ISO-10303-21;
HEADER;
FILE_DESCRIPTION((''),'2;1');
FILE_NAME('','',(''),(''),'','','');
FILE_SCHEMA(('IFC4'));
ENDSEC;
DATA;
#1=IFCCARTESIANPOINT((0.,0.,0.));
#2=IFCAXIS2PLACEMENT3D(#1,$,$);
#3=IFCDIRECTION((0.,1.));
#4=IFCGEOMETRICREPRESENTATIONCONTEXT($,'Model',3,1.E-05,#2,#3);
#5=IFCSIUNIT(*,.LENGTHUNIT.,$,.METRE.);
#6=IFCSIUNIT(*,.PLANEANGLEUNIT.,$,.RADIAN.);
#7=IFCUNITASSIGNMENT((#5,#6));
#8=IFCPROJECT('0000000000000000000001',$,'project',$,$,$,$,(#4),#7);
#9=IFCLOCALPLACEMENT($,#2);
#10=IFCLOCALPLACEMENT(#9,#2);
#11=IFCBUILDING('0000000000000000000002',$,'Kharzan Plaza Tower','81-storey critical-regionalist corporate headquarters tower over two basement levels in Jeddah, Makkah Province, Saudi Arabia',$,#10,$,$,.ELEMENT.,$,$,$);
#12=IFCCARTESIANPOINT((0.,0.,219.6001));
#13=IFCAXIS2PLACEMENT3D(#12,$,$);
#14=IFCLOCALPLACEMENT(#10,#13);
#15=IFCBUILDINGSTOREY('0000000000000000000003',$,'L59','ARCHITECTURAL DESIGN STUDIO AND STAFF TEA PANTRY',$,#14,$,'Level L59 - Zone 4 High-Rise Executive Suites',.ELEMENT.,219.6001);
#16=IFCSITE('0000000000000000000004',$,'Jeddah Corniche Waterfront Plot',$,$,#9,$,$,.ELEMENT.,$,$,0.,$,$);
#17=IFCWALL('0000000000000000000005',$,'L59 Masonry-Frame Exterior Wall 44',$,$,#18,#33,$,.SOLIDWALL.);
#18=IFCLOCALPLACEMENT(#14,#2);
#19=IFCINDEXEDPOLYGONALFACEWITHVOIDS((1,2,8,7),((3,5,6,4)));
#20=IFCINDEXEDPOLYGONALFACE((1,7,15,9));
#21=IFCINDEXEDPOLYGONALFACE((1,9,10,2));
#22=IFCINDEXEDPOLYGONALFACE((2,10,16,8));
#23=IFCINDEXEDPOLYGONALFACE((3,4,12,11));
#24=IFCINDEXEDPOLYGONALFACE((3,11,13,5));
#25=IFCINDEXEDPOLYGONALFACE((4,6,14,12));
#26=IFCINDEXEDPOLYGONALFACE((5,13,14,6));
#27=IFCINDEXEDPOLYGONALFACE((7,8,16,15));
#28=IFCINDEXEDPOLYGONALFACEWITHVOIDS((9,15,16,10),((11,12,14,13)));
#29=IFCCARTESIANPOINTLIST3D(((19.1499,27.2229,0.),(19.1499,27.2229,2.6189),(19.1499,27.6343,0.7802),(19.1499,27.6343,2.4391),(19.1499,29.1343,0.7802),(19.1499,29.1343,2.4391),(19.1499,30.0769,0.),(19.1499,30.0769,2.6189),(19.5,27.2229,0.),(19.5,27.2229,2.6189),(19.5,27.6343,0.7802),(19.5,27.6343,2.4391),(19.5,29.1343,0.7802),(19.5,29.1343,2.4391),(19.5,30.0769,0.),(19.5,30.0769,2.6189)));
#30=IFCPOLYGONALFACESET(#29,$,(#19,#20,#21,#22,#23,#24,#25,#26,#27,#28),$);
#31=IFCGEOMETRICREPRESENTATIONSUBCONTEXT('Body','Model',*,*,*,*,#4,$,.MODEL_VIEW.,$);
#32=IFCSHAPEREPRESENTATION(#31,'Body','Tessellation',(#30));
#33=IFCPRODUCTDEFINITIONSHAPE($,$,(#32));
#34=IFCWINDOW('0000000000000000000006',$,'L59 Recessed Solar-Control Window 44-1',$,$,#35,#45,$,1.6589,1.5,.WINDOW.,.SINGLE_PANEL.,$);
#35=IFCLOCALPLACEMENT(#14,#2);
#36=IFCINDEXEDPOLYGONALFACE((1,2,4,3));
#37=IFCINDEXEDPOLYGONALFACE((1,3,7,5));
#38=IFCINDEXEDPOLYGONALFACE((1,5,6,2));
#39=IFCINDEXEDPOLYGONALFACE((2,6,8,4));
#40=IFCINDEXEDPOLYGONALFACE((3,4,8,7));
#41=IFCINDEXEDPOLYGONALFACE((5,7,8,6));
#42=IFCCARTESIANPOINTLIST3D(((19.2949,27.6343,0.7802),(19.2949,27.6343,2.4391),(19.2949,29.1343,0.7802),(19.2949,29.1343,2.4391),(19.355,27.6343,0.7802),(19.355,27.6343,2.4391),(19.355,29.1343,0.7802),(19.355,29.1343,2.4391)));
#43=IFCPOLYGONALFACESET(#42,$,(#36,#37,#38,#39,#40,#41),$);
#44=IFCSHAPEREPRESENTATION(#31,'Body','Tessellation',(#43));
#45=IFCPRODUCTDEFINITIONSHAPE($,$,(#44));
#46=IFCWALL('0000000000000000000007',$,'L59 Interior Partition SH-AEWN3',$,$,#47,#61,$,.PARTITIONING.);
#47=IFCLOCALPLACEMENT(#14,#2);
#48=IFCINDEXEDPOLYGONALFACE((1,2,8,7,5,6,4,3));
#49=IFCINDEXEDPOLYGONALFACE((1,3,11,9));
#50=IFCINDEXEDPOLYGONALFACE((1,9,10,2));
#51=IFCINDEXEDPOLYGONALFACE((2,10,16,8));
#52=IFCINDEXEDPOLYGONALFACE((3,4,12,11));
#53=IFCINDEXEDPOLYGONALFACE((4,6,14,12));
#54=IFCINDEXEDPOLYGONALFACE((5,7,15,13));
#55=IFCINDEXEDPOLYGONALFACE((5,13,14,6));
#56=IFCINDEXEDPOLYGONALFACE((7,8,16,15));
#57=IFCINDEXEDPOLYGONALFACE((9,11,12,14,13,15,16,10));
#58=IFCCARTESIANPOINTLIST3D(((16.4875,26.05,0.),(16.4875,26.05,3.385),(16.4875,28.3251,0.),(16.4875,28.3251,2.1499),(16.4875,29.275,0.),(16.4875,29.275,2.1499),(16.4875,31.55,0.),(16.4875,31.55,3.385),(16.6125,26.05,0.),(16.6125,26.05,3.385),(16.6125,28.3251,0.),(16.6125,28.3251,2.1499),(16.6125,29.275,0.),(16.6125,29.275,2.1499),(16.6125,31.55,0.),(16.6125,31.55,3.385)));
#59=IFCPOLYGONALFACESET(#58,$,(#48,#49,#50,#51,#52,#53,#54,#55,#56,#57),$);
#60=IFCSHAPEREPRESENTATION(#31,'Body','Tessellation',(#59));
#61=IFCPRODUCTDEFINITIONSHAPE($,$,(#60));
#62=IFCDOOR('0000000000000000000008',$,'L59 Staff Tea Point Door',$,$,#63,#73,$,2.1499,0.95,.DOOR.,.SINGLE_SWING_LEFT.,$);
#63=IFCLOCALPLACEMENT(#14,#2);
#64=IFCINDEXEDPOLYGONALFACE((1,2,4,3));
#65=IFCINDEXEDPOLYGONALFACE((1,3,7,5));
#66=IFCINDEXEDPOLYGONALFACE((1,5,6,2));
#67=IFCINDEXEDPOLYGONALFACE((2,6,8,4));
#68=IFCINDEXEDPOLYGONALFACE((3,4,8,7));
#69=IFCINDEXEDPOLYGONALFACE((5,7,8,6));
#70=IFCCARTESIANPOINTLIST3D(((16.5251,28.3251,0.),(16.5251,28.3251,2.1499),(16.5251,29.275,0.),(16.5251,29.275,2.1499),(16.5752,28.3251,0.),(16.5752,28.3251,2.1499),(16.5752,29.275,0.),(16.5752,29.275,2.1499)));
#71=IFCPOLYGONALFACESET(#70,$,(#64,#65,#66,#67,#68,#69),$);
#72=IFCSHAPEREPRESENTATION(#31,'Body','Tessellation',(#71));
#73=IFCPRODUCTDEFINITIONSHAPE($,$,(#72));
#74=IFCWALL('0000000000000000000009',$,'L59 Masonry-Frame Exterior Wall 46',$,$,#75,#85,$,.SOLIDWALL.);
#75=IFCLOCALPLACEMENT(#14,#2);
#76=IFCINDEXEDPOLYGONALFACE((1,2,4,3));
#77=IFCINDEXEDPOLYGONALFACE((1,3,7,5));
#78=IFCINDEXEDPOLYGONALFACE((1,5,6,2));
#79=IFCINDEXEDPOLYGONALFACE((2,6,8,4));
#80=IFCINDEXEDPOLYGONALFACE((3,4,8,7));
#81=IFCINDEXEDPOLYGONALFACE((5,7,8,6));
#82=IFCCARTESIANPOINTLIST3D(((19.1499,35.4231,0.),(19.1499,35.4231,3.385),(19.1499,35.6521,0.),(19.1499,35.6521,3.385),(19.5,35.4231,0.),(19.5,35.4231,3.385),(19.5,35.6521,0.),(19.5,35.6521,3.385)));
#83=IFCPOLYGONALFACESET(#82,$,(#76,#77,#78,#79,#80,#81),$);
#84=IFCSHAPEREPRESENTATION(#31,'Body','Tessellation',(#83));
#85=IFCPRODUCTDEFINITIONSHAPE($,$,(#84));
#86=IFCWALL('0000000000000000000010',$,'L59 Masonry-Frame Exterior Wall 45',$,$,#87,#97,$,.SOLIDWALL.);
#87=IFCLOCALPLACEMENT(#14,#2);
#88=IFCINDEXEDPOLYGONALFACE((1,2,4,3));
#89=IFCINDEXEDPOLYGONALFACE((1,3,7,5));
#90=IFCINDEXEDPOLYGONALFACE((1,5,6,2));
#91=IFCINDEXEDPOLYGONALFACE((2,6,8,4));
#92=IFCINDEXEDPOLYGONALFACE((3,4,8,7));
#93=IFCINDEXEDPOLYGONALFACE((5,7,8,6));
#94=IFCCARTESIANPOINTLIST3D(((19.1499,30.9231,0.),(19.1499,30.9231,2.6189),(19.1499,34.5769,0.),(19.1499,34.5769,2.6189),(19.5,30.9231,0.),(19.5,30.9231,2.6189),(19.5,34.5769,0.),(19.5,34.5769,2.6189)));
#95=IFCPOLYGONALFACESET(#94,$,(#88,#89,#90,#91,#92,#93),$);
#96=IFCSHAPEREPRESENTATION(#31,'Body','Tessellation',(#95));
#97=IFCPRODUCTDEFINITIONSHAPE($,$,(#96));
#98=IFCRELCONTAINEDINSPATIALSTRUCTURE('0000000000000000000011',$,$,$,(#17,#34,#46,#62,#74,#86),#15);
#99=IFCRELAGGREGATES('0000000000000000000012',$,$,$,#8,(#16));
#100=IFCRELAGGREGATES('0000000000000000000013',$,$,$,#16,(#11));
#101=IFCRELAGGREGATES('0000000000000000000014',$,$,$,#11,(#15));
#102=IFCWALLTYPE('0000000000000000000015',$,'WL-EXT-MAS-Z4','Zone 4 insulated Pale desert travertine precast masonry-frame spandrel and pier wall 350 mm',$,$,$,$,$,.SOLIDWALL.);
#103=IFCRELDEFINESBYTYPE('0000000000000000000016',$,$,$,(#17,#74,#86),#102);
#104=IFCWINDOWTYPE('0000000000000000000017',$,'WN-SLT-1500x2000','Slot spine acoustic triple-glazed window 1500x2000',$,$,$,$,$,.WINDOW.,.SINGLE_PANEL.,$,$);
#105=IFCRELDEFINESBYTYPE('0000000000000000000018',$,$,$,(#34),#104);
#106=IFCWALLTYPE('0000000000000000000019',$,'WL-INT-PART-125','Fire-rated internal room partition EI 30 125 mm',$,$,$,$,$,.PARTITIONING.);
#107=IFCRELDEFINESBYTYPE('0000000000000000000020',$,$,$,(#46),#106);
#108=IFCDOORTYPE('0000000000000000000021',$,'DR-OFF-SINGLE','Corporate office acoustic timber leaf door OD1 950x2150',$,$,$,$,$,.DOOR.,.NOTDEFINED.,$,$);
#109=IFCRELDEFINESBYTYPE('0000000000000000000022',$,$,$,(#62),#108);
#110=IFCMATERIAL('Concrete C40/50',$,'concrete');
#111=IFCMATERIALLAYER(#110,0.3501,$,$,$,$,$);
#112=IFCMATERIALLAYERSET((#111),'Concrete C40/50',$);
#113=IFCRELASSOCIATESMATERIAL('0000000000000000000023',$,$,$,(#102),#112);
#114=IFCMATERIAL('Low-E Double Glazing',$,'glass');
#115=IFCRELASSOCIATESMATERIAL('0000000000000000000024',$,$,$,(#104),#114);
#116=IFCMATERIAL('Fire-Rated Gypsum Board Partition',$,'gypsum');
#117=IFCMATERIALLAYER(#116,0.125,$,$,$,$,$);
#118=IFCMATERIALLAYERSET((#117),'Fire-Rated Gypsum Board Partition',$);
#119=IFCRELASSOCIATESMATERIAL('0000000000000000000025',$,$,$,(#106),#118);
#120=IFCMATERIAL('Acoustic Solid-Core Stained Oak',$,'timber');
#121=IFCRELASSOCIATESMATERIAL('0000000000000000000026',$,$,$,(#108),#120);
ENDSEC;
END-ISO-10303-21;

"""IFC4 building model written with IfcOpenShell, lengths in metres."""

from ifc_helpers import new_model, si_unit, direction, frame, frame_2d, origin, place, context, subcontext, project, spatial, rectangle, extrude, source, transform, mapped, material, layer, layer_set, type_object, element, fill, save


model = new_model("IFC4")

# Units and contexts
model_context = context("Model", 3, precision=1e-05, world=origin(), true_north=direction((0.0, 1.0)))
body_context = subcontext(model_context, "Body", "Model", "MODEL_VIEW")
ifc_project = project(units=[si_unit("LENGTHUNIT", "METRE"), si_unit("PLANEANGLEUNIT", "RADIAN")], contexts=[model_context])

# Site, building, storey
site_placement = place(None, origin())
site = spatial("IfcSite", under=ifc_project, at=site_placement, Name="Jeddah Corniche Waterfront Plot", CompositionType="ELEMENT", RefElevation=0.0)
building_placement = place(site_placement, origin())
building = spatial("IfcBuilding", under=site, at=building_placement, Name="Kharzan Plaza Tower", Description="81-storey critical-regionalist corporate headquarters tower over two basement levels in Jeddah, Makkah Province, Saudi Arabia", CompositionType="ELEMENT")
storey_placement = place(building_placement, frame((0.0, 0.0, 219.6001)))
storey = spatial("IfcBuildingStorey", under=building, at=storey_placement, Name="L59", Description="ARCHITECTURAL DESIGN STUDIO AND STAFF TEA PANTRY", LongName="Level L59 - Zone 4 High-Rise Executive Suites", CompositionType="ELEMENT", Elevation=219.6001)

# Wall, opening, window
ifc_material_1 = material(Name="Concrete C40/50", Category="concrete")
ifc_layer_1 = layer(ifc_material_1, 0.3501)
ifc_layer_set_1 = layer_set([ifc_layer_1], Name="Concrete C40/50")
wall_type_1 = type_object("IfcWallType", Name="WL-EXT-MAS-Z4", Description="Zone 4 insulated Pale desert travertine precast masonry-frame spandrel and pier wall 350 mm", PredefinedType="SOLIDWALL", material=ifc_layer_set_1)
ifc_material_2 = material(Name="Low-E Double Glazing", Category="glass")
window_type_1 = type_object("IfcWindowType", Name="WN-SLT-1500x2000", Description="Slot spine acoustic triple-glazed window 1500x2000", PartitioningType="SINGLE_PANEL", PredefinedType="WINDOW", material=ifc_material_2)
shared_shape_1 = source(origin(), body_context, "Body", "SweptSolid", [
    extrude(rectangle(XDim=1.5, YDim=1.6589, at=frame_2d((0.75, 0.8296))), frame((0.0, 0.03, 0.0), z_axis=(0.0, -1.0, 0.0), x_axis=(1.0, 0.0, 0.0)), (0.0, 0.0, 1.0), 0.0601),
])
wall_1_placement = place(storey_placement, frame((19.325, 27.2229, 0.0), z_axis=(0.0, 0.0, 1.0), x_axis=(0.0, 1.0, 0.0)))
wall_1 = element("IfcWall", 1, at=wall_1_placement, inside=storey, type_object=wall_type_1, Name="L59 Masonry-Frame Exterior Wall 44", PredefinedType="SOLIDWALL", context=body_context, shape_type="SweptSolid", body=[
    extrude(rectangle(XDim=2.854, YDim=0.3501, at=frame_2d((1.427, 0.0))), origin(), (0.0, 0.0, 1.0), 2.6189),
])
opening_1_placement = place(wall_1_placement, frame((0.4114, 0.0, 0.78)))
opening_1 = element("IfcOpeningElement", 2, at=opening_1_placement, cuts=wall_1, PredefinedType="OPENING", context=body_context, shape_type="SweptSolid", body=[
    extrude(rectangle(XDim=1.5, YDim=1.6589, at=frame_2d((0.75, 0.8296))), frame((0.0, 0.1851, 0.0), z_axis=(0.0, -1.0, 0.0), x_axis=(1.0, 0.0, 0.0)), (0.0, 0.0, 1.0), 0.3701),
])
window_1_placement = place(opening_1_placement, origin())
window_1 = element("IfcWindow", 3, at=window_1_placement, inside=storey, type_object=window_type_1, Name="L59 Recessed Solar-Control Window 44-1", OverallHeight=1.6589, OverallWidth=1.5, PartitioningType="SINGLE_PANEL", PredefinedType="WINDOW", context=body_context, shape_type="MappedRepresentation", body=[
    mapped(shared_shape_1, transform((0.0, 0.0, 0.0), x_axis=(1.0, 0.0, 0.0), y_axis=(0.0, 1.0, 0.0), z_axis=(0.0, 0.0, 1.0))),
])
fill(opening_1, window_1)

# Wall, opening, door
ifc_material_3 = material(Name="Fire-Rated Gypsum Board Partition", Category="gypsum")
ifc_layer_2 = layer(ifc_material_3, 0.125)
ifc_layer_set_2 = layer_set([ifc_layer_2], Name="Fire-Rated Gypsum Board Partition")
wall_type_2 = type_object("IfcWallType", Name="WL-INT-PART-125", Description="Fire-rated internal room partition EI 30 125 mm", PredefinedType="PARTITIONING", material=ifc_layer_set_2)
wall_2_placement = place(storey_placement, frame((16.55, 26.05, 0.0), z_axis=(0.0, 0.0, 1.0), x_axis=(0.0, 1.0, 0.0)))
wall_2 = element("IfcWall", 4, at=wall_2_placement, inside=storey, type_object=wall_type_2, Name="L59 Interior Partition SH-AEWN3", PredefinedType="PARTITIONING", context=body_context, shape_type="SweptSolid", body=[
    extrude(rectangle(XDim=5.5, YDim=0.125, at=frame_2d((2.75, 0.0))), origin(), (0.0, 0.0, 1.0), 3.385),
])
opening_2_placement = place(wall_2_placement, frame((2.2749, 0.0, 0.0)))
opening_2 = element("IfcOpeningElement", 5, at=opening_2_placement, cuts=wall_2, PredefinedType="OPENING", context=body_context, shape_type="SweptSolid", body=[
    extrude(rectangle(XDim=0.95, YDim=2.1499, at=frame_2d((0.4751, 1.075))), frame((0.0, 0.0725, 0.0), z_axis=(0.0, -1.0, 0.0), x_axis=(1.0, 0.0, 0.0)), (0.0, 0.0, 1.0), 0.145),
])
ifc_material_4 = material(Name="Acoustic Solid-Core Stained Oak", Category="timber")
door_type_1 = type_object("IfcDoorType", Name="DR-OFF-SINGLE", Description="Corporate office acoustic timber leaf door OD1 950x2150", OperationType="NOTDEFINED", PredefinedType="DOOR", material=ifc_material_4)
shared_shape_2 = source(origin(), body_context, "Body", "SweptSolid", [
    extrude(rectangle(XDim=0.95, YDim=2.1499, at=frame_2d((0.4751, 1.075))), frame((0.0, 0.0249, 0.0), z_axis=(0.0, -1.0, 0.0), x_axis=(1.0, 0.0, 0.0)), (0.0, 0.0, 1.0), 0.05),
])
door_1_placement = place(opening_2_placement, origin())
door_1 = element("IfcDoor", 6, at=door_1_placement, inside=storey, type_object=door_type_1, Name="L59 Staff Tea Point Door", OperationType="SINGLE_SWING_LEFT", OverallHeight=2.1499, OverallWidth=0.95, PredefinedType="DOOR", context=body_context, shape_type="MappedRepresentation", body=[
    mapped(shared_shape_2, transform((0.0, 0.0, 0.0), x_axis=(1.0, 0.0, 0.0), y_axis=(0.0, 1.0, 0.0), z_axis=(0.0, 0.0, 1.0))),
])
fill(opening_2, door_1)

# Walls
shared_shape_3 = source(origin(), body_context, "Body", "SweptSolid", [
    extrude(rectangle(XDim=0.229, YDim=0.3501, at=frame_2d((0.1145, 0.0))), origin(), (0.0, 0.0, 1.0), 3.385),
])
wall_3_placement = place(storey_placement, frame((19.325, 35.4231, 0.0), z_axis=(0.0, 0.0, 1.0), x_axis=(0.0, 1.0, 0.0)))
element("IfcWall", 7, at=wall_3_placement, inside=storey, type_object=wall_type_1, Name="L59 Masonry-Frame Exterior Wall 46", PredefinedType="SOLIDWALL", context=body_context, shape_type="MappedRepresentation", body=[
    mapped(shared_shape_3, transform((0.0, 0.0, 0.0), x_axis=(1.0, 0.0, 0.0), y_axis=(0.0, 1.0, 0.0), z_axis=(0.0, 0.0, 1.0))),
])
shared_shape_4 = source(origin(), body_context, "Body", "SweptSolid", [
    extrude(rectangle(XDim=3.6538, YDim=0.3501, at=frame_2d((1.8269, 0.0))), origin(), (0.0, 0.0, 1.0), 2.6189),
])
wall_4_placement = place(storey_placement, frame((19.325, 30.9231, 0.0), z_axis=(0.0, 0.0, 1.0), x_axis=(0.0, 1.0, 0.0)))
element("IfcWall", 8, at=wall_4_placement, inside=storey, type_object=wall_type_1, Name="L59 Masonry-Frame Exterior Wall 45", PredefinedType="SOLIDWALL", context=body_context, shape_type="MappedRepresentation", body=[
    mapped(shared_shape_4, transform((0.0, 0.0, 0.0), x_axis=(1.0, 0.0, 0.0), y_axis=(0.0, 1.0, 0.0), z_axis=(0.0, 0.0, 1.0))),
])

save(model, "model.ifc")
